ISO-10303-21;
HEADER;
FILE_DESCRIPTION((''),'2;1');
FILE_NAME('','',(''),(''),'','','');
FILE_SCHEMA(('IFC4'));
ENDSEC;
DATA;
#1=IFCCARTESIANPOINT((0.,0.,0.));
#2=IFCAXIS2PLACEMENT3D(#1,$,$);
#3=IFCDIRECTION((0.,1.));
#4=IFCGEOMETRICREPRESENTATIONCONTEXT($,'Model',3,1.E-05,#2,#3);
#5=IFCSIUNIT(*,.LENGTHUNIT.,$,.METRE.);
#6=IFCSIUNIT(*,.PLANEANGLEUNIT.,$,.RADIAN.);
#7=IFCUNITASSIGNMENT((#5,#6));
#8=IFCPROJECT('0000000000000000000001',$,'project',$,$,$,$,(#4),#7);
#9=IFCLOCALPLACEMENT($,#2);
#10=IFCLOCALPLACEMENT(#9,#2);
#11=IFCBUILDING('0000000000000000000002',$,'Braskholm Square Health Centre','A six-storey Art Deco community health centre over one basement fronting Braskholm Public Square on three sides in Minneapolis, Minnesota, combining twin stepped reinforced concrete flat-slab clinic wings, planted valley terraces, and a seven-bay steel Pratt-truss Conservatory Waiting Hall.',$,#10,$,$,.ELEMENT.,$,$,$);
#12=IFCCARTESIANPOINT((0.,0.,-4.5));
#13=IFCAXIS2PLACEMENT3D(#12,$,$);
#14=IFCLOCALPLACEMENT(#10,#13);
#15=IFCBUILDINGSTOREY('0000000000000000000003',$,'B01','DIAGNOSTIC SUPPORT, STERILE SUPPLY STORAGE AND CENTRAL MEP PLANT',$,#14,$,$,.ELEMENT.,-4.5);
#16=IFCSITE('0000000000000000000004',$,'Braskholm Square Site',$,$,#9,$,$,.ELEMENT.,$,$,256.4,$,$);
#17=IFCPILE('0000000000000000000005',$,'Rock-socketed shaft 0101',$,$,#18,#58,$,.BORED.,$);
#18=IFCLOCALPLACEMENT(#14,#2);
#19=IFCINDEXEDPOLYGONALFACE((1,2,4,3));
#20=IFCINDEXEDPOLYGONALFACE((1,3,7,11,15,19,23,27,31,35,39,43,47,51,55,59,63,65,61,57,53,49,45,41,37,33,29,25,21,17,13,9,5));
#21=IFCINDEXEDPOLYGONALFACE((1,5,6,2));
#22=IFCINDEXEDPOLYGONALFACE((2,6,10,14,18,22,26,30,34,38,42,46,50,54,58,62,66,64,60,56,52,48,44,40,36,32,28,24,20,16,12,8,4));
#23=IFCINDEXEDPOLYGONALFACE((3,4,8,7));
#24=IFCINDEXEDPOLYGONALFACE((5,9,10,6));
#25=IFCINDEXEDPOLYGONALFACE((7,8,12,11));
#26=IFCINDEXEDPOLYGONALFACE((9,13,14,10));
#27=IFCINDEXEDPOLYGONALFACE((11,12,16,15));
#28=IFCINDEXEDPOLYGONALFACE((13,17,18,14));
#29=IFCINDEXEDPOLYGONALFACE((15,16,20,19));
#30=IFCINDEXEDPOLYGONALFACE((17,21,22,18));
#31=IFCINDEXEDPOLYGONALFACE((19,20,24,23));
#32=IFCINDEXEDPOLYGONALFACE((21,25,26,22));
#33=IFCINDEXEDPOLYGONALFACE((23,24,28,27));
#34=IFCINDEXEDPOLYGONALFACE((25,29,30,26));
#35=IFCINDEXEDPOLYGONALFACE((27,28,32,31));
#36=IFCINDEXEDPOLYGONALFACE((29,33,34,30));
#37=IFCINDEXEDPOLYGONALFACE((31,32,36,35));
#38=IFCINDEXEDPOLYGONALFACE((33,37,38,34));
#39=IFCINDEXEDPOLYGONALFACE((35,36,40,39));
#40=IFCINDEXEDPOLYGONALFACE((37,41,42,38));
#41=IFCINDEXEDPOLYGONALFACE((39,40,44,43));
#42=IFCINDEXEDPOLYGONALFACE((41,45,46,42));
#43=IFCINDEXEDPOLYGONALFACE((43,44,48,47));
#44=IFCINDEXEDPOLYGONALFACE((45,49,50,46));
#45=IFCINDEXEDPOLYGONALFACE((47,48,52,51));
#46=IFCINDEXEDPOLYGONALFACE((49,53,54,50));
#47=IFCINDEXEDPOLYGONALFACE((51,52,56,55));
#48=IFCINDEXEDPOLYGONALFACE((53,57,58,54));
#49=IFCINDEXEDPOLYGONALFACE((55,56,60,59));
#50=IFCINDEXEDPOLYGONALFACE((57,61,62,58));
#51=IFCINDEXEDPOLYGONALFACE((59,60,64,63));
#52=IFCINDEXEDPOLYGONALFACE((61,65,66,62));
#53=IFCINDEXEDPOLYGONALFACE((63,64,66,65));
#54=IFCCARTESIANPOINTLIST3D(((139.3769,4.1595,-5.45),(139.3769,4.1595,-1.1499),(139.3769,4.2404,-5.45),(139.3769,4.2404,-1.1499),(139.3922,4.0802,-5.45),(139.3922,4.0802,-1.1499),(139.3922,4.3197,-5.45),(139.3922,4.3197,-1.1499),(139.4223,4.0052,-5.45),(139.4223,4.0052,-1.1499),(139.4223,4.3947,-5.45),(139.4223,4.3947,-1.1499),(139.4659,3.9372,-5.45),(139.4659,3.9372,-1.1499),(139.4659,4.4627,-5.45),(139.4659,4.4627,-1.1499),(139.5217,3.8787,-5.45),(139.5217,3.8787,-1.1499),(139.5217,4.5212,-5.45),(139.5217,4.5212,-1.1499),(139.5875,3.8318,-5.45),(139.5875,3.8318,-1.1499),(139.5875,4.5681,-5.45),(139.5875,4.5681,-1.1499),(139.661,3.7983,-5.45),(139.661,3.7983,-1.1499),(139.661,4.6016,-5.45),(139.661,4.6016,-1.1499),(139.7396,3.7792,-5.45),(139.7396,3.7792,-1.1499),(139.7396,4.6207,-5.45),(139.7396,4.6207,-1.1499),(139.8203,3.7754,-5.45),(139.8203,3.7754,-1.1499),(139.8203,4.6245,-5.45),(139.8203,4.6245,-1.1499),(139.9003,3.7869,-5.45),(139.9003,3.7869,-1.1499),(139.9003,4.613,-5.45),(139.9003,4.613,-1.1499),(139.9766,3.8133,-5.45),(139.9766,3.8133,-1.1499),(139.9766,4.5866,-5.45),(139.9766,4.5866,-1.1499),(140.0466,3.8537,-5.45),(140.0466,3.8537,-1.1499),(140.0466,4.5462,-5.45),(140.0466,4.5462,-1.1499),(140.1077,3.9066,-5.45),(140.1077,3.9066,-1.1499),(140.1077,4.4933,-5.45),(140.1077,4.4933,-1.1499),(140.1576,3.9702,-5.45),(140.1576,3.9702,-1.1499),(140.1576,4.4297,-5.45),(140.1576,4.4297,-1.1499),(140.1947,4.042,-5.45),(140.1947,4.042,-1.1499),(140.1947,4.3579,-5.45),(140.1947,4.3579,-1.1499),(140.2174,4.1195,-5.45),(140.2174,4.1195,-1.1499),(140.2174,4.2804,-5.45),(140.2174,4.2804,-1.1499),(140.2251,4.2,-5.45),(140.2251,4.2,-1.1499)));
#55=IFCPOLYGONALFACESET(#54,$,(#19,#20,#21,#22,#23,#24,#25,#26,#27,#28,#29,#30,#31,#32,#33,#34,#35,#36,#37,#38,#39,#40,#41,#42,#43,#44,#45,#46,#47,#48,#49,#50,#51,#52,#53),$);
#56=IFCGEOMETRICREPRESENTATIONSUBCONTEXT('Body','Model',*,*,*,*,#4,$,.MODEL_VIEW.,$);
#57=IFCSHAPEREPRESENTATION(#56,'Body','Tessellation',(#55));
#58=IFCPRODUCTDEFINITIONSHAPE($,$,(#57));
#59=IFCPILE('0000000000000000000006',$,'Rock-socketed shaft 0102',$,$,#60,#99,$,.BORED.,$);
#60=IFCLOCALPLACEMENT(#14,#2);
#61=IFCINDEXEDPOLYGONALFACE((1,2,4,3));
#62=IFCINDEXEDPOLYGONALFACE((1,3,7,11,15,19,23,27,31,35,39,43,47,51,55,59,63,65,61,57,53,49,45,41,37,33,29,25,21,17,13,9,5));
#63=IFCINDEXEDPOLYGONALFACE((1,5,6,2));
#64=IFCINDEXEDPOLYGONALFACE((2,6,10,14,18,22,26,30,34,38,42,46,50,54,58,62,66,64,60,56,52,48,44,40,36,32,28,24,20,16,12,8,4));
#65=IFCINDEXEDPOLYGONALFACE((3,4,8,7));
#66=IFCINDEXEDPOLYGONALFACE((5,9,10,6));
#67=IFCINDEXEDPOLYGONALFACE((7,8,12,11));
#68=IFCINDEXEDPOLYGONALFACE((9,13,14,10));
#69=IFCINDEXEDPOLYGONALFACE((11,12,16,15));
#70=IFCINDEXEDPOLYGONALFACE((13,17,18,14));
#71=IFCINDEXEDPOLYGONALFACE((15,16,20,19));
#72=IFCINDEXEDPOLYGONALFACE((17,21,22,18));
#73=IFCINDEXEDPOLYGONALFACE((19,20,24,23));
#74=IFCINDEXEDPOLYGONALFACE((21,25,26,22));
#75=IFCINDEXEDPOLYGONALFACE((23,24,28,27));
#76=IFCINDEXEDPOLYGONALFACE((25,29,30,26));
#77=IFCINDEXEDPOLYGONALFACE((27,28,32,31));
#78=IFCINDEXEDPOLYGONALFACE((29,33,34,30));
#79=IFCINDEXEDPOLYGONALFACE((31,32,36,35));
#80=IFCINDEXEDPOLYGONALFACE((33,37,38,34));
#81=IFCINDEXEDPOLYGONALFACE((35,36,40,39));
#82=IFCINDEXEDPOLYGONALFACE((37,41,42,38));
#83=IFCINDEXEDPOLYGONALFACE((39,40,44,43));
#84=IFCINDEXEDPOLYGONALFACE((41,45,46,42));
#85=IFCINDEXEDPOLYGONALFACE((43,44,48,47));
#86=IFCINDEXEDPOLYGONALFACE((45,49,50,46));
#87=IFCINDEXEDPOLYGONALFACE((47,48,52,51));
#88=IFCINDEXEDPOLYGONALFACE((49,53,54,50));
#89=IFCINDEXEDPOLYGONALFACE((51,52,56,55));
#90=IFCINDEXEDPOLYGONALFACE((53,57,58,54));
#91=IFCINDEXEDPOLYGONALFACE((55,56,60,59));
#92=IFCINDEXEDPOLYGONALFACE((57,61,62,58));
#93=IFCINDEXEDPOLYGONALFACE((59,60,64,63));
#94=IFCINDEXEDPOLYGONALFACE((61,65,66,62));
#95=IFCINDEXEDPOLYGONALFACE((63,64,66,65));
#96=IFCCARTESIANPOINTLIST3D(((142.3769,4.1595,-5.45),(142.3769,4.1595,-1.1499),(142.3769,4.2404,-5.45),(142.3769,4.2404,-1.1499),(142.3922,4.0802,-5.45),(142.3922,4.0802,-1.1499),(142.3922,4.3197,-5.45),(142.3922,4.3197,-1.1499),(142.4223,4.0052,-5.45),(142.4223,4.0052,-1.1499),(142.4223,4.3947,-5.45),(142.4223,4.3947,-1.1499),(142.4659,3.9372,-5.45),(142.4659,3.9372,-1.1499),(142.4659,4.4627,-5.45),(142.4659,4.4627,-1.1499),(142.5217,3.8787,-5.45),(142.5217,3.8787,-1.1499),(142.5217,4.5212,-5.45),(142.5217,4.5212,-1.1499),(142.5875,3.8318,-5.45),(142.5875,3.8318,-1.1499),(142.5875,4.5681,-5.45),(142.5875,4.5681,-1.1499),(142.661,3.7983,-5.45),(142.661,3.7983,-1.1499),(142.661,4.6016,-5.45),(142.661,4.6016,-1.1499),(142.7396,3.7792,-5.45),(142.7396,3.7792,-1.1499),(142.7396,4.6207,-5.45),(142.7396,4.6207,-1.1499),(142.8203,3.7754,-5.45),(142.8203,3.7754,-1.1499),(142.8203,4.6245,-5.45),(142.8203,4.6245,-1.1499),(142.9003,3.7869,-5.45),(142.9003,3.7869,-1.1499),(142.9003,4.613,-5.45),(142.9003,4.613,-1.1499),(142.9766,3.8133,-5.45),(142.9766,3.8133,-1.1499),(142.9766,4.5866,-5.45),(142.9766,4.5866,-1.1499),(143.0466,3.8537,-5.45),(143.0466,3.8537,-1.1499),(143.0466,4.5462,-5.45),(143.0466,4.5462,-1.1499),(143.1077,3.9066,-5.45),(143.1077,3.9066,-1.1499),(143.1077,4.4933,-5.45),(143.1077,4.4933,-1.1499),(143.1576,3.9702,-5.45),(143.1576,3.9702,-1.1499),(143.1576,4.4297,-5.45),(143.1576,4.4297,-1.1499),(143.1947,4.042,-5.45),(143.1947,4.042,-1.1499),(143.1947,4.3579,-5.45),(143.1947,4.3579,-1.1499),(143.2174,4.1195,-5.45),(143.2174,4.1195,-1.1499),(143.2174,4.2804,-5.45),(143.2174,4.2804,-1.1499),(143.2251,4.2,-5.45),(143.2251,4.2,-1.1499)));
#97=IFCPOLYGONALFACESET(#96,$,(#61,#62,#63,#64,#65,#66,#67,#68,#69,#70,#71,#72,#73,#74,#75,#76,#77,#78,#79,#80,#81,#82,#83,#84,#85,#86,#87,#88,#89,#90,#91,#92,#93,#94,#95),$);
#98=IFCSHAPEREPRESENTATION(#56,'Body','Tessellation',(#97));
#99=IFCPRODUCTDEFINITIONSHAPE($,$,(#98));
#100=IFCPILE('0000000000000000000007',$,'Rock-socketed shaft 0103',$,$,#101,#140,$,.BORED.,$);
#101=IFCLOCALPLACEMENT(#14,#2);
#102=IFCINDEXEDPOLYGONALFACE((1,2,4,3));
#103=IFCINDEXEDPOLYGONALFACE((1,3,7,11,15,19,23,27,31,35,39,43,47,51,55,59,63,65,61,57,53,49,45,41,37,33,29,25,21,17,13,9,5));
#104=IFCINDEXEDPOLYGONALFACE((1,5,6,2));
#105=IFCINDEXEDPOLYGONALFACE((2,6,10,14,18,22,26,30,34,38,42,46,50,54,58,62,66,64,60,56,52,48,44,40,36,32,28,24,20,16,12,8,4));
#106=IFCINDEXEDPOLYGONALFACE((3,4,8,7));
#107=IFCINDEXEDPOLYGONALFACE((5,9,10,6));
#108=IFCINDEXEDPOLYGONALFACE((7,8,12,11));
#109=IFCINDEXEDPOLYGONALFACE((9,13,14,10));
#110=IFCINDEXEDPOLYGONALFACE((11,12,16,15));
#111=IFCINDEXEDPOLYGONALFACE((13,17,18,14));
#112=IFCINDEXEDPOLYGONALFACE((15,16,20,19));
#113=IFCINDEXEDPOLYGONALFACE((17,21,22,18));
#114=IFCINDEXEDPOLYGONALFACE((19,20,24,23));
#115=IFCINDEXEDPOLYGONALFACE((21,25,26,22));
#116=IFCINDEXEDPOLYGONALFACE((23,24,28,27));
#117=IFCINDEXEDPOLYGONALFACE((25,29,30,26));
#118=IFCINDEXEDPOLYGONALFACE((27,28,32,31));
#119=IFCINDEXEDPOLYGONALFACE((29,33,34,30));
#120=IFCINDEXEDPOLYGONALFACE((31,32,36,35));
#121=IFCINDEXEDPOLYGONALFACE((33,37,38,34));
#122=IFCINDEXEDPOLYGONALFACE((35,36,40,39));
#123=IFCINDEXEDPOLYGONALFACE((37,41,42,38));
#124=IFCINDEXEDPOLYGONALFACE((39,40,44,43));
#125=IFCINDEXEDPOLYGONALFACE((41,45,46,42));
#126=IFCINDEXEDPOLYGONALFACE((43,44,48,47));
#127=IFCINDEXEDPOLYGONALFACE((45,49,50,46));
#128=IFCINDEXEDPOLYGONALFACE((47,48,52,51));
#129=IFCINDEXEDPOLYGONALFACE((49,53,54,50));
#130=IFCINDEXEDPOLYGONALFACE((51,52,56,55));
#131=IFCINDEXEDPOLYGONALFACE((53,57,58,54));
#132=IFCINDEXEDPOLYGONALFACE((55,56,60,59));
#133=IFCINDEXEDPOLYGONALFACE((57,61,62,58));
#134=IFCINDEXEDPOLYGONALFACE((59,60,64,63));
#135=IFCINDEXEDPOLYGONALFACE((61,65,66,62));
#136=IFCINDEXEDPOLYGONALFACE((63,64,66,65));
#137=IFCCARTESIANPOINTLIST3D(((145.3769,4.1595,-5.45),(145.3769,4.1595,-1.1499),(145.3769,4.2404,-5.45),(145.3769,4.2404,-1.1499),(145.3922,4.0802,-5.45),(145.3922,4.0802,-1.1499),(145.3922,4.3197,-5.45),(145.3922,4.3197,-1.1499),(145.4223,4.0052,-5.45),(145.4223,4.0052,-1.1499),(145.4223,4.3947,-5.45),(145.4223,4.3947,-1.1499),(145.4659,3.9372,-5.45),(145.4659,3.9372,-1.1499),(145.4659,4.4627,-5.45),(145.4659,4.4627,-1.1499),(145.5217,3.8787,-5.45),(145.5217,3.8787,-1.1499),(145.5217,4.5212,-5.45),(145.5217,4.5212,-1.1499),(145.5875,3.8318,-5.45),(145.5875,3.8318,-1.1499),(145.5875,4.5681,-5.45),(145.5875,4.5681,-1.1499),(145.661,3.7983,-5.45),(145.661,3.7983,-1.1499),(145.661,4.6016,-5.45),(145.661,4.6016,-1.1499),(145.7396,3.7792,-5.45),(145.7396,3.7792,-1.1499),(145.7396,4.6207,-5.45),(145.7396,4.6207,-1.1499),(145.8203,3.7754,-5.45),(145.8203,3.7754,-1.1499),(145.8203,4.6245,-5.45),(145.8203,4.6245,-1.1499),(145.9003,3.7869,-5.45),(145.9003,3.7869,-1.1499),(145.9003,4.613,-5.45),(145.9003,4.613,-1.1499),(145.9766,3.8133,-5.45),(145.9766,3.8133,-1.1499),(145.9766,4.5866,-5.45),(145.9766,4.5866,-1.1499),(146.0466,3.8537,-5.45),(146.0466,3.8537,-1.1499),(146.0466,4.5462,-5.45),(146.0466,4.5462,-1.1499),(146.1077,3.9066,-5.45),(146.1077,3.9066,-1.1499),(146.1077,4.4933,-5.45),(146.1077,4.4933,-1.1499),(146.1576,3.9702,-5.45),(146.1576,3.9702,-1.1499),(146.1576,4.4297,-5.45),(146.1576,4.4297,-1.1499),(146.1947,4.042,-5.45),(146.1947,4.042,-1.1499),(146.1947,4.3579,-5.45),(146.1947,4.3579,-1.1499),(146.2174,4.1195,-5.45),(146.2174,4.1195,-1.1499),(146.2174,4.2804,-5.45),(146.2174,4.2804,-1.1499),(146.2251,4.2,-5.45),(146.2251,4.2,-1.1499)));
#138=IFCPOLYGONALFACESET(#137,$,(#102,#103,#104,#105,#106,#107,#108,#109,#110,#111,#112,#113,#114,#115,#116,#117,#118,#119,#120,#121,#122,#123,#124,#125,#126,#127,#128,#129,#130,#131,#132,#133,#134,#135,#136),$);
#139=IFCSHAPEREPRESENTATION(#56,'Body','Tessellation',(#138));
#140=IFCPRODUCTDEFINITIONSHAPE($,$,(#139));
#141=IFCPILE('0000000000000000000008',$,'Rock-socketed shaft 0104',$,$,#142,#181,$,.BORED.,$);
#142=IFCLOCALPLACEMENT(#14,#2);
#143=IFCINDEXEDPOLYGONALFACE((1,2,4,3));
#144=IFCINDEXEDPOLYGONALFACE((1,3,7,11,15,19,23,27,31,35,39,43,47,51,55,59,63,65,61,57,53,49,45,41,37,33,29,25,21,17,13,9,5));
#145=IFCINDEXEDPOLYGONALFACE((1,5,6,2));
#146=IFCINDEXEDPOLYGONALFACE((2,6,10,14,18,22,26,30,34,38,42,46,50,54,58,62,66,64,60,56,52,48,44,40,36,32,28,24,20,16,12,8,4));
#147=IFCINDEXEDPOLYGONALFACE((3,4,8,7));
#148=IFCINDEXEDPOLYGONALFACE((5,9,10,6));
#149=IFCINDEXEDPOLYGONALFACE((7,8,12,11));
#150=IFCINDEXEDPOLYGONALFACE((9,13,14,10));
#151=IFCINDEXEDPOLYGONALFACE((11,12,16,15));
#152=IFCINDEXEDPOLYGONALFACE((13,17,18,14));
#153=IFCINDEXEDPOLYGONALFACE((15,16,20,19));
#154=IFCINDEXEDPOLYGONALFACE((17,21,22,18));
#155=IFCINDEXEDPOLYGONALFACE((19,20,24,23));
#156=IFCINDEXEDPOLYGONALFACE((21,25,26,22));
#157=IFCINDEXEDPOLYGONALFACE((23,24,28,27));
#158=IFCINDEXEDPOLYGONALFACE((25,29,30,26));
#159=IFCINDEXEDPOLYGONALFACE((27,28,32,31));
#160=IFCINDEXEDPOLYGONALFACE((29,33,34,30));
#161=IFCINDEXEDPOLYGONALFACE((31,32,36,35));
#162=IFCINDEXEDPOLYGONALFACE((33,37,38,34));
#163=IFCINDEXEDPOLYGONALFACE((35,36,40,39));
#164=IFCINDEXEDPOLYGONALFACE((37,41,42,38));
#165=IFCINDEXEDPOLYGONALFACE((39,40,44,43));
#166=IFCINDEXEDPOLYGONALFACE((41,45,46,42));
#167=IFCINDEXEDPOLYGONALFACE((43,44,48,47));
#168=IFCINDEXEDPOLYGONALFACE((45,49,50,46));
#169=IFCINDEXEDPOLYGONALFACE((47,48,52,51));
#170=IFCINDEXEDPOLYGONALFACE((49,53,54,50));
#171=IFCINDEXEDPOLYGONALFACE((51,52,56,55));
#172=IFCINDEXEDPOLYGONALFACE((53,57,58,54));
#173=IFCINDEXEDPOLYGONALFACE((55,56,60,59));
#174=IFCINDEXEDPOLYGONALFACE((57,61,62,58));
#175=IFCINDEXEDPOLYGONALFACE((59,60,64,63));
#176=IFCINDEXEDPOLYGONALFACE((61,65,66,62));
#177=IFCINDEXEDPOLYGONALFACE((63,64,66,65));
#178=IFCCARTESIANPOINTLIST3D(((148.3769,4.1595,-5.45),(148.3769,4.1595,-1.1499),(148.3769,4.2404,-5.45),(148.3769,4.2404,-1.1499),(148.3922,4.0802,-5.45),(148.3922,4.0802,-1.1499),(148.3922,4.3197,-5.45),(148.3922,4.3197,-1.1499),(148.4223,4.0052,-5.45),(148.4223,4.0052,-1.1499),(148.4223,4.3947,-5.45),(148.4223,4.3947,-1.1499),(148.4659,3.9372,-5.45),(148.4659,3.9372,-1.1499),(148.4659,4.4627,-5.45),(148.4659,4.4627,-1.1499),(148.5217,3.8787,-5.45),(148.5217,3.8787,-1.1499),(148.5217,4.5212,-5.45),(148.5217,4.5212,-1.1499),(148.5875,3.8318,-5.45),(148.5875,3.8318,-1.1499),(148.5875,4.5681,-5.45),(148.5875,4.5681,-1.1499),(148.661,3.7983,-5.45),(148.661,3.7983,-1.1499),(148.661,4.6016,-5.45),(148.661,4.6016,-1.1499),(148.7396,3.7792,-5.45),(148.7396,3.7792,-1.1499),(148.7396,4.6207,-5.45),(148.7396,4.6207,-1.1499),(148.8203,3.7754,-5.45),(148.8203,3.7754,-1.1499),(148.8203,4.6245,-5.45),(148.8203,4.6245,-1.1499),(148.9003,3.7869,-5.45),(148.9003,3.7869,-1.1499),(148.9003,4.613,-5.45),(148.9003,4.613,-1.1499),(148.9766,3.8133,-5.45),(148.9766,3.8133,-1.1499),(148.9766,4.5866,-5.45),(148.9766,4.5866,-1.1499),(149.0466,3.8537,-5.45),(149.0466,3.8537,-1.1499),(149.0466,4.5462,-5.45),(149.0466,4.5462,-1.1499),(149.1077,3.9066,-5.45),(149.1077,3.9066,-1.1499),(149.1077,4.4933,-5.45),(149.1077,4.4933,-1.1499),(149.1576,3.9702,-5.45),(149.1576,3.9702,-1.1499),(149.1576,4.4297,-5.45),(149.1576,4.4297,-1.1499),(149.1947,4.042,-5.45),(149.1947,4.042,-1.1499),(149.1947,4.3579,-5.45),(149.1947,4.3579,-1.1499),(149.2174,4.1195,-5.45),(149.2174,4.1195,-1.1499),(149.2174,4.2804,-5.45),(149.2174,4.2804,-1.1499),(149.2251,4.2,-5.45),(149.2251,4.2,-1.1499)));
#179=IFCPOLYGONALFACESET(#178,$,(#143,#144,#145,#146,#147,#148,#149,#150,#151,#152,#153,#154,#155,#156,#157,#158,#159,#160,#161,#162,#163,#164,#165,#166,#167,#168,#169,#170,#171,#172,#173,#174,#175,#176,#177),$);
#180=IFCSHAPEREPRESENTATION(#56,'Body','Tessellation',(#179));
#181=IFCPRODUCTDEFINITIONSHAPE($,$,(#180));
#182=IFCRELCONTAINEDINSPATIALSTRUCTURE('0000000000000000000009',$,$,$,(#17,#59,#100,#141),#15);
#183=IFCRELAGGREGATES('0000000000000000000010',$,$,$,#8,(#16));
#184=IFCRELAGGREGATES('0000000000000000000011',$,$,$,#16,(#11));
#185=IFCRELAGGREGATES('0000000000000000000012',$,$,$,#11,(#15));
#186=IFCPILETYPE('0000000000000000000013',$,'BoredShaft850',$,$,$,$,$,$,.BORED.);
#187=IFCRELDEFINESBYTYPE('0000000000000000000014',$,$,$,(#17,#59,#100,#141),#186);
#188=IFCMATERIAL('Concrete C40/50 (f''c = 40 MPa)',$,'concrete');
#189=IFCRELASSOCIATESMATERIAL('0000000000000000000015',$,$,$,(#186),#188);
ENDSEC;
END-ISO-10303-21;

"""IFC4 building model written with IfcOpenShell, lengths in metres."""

from ifc_helpers import new_model, si_unit, direction, frame, origin, origin_2d, place, context, subcontext, project, spatial, circle, extrude, material, material_profile, profile_set, type_object, element, save


model = new_model("IFC4")

# Units and contexts
model_context = context("Model", 3, precision=1e-05, world=origin(), true_north=direction((0.0, 1.0)))
body_context = subcontext(model_context, "Body", "Model", "MODEL_VIEW")
ifc_project = project(units=[si_unit("LENGTHUNIT", "METRE"), si_unit("PLANEANGLEUNIT", "RADIAN")], contexts=[model_context])

# Site, building, storey
site_placement = place(None, origin())
site = spatial("IfcSite", under=ifc_project, at=site_placement, Name="Braskholm Square Site", CompositionType="ELEMENT", RefElevation=256.4)
building_placement = place(site_placement, origin())
building = spatial("IfcBuilding", under=site, at=building_placement, Name="Braskholm Square Health Centre", Description="A six-storey Art Deco community health centre over one basement fronting Braskholm Public Square on three sides in Minneapolis, Minnesota, combining twin stepped reinforced concrete flat-slab clinic wings, planted valley terraces, and a seven-bay steel Pratt-truss Conservatory Waiting Hall.", CompositionType="ELEMENT")
storey_placement = place(building_placement, frame((0.0, 0.0, -4.5)))
storey = spatial("IfcBuildingStorey", under=building, at=storey_placement, Name="B01", Description="DIAGNOSTIC SUPPORT, STERILE SUPPLY STORAGE AND CENTRAL MEP PLANT", CompositionType="ELEMENT", Elevation=-4.5)

# Piles
ifc_material_1 = material(Name="Concrete C40/50 (f'c = 40 MPa)", Category="concrete")
ifc_material_profile_1 = material_profile(ifc_material_1, circle(Radius=0.425, at=origin_2d()), Name="BORED-PILE-850")
ifc_profile_set_1 = profile_set([ifc_material_profile_1], Name="Concrete C40/50 (f'c = 40 MPa)")
pile_type_1 = type_object("IfcPileType", Name="BoredShaft850", PredefinedType="BORED", material=ifc_profile_set_1)
for number, where, z_axis, x_axis, name in (
    (1, (139.8, 4.2, -1.1499), (0.0, 0.0, -1.0), (1.0, 0.0, 0.0), "Rock-socketed shaft 0101"),
    (2, (142.8, 4.2, -1.1499), (0.0, 0.0, -1.0), (1.0, 0.0, 0.0), "Rock-socketed shaft 0102"),
    (3, (145.8, 4.2, -1.1499), (0.0, 0.0, -1.0), (1.0, 0.0, 0.0), "Rock-socketed shaft 0103"),
    (4, (148.8, 4.2, -1.1499), (0.0, 0.0, -1.0), (1.0, 0.0, 0.0), "Rock-socketed shaft 0104"),
):
    element("IfcPile", number, at=place(storey_placement, frame(where, z_axis=z_axis, x_axis=x_axis)), inside=storey, type_object=pile_type_1, Name=name, PredefinedType="BORED", context=body_context, shape_type="SweptSolid", body=[
        extrude(circle(Radius=0.425, at=origin_2d()), origin(), (0.0, 0.0, 1.0), 4.3),
    ])

save(model, "model.ifc")
